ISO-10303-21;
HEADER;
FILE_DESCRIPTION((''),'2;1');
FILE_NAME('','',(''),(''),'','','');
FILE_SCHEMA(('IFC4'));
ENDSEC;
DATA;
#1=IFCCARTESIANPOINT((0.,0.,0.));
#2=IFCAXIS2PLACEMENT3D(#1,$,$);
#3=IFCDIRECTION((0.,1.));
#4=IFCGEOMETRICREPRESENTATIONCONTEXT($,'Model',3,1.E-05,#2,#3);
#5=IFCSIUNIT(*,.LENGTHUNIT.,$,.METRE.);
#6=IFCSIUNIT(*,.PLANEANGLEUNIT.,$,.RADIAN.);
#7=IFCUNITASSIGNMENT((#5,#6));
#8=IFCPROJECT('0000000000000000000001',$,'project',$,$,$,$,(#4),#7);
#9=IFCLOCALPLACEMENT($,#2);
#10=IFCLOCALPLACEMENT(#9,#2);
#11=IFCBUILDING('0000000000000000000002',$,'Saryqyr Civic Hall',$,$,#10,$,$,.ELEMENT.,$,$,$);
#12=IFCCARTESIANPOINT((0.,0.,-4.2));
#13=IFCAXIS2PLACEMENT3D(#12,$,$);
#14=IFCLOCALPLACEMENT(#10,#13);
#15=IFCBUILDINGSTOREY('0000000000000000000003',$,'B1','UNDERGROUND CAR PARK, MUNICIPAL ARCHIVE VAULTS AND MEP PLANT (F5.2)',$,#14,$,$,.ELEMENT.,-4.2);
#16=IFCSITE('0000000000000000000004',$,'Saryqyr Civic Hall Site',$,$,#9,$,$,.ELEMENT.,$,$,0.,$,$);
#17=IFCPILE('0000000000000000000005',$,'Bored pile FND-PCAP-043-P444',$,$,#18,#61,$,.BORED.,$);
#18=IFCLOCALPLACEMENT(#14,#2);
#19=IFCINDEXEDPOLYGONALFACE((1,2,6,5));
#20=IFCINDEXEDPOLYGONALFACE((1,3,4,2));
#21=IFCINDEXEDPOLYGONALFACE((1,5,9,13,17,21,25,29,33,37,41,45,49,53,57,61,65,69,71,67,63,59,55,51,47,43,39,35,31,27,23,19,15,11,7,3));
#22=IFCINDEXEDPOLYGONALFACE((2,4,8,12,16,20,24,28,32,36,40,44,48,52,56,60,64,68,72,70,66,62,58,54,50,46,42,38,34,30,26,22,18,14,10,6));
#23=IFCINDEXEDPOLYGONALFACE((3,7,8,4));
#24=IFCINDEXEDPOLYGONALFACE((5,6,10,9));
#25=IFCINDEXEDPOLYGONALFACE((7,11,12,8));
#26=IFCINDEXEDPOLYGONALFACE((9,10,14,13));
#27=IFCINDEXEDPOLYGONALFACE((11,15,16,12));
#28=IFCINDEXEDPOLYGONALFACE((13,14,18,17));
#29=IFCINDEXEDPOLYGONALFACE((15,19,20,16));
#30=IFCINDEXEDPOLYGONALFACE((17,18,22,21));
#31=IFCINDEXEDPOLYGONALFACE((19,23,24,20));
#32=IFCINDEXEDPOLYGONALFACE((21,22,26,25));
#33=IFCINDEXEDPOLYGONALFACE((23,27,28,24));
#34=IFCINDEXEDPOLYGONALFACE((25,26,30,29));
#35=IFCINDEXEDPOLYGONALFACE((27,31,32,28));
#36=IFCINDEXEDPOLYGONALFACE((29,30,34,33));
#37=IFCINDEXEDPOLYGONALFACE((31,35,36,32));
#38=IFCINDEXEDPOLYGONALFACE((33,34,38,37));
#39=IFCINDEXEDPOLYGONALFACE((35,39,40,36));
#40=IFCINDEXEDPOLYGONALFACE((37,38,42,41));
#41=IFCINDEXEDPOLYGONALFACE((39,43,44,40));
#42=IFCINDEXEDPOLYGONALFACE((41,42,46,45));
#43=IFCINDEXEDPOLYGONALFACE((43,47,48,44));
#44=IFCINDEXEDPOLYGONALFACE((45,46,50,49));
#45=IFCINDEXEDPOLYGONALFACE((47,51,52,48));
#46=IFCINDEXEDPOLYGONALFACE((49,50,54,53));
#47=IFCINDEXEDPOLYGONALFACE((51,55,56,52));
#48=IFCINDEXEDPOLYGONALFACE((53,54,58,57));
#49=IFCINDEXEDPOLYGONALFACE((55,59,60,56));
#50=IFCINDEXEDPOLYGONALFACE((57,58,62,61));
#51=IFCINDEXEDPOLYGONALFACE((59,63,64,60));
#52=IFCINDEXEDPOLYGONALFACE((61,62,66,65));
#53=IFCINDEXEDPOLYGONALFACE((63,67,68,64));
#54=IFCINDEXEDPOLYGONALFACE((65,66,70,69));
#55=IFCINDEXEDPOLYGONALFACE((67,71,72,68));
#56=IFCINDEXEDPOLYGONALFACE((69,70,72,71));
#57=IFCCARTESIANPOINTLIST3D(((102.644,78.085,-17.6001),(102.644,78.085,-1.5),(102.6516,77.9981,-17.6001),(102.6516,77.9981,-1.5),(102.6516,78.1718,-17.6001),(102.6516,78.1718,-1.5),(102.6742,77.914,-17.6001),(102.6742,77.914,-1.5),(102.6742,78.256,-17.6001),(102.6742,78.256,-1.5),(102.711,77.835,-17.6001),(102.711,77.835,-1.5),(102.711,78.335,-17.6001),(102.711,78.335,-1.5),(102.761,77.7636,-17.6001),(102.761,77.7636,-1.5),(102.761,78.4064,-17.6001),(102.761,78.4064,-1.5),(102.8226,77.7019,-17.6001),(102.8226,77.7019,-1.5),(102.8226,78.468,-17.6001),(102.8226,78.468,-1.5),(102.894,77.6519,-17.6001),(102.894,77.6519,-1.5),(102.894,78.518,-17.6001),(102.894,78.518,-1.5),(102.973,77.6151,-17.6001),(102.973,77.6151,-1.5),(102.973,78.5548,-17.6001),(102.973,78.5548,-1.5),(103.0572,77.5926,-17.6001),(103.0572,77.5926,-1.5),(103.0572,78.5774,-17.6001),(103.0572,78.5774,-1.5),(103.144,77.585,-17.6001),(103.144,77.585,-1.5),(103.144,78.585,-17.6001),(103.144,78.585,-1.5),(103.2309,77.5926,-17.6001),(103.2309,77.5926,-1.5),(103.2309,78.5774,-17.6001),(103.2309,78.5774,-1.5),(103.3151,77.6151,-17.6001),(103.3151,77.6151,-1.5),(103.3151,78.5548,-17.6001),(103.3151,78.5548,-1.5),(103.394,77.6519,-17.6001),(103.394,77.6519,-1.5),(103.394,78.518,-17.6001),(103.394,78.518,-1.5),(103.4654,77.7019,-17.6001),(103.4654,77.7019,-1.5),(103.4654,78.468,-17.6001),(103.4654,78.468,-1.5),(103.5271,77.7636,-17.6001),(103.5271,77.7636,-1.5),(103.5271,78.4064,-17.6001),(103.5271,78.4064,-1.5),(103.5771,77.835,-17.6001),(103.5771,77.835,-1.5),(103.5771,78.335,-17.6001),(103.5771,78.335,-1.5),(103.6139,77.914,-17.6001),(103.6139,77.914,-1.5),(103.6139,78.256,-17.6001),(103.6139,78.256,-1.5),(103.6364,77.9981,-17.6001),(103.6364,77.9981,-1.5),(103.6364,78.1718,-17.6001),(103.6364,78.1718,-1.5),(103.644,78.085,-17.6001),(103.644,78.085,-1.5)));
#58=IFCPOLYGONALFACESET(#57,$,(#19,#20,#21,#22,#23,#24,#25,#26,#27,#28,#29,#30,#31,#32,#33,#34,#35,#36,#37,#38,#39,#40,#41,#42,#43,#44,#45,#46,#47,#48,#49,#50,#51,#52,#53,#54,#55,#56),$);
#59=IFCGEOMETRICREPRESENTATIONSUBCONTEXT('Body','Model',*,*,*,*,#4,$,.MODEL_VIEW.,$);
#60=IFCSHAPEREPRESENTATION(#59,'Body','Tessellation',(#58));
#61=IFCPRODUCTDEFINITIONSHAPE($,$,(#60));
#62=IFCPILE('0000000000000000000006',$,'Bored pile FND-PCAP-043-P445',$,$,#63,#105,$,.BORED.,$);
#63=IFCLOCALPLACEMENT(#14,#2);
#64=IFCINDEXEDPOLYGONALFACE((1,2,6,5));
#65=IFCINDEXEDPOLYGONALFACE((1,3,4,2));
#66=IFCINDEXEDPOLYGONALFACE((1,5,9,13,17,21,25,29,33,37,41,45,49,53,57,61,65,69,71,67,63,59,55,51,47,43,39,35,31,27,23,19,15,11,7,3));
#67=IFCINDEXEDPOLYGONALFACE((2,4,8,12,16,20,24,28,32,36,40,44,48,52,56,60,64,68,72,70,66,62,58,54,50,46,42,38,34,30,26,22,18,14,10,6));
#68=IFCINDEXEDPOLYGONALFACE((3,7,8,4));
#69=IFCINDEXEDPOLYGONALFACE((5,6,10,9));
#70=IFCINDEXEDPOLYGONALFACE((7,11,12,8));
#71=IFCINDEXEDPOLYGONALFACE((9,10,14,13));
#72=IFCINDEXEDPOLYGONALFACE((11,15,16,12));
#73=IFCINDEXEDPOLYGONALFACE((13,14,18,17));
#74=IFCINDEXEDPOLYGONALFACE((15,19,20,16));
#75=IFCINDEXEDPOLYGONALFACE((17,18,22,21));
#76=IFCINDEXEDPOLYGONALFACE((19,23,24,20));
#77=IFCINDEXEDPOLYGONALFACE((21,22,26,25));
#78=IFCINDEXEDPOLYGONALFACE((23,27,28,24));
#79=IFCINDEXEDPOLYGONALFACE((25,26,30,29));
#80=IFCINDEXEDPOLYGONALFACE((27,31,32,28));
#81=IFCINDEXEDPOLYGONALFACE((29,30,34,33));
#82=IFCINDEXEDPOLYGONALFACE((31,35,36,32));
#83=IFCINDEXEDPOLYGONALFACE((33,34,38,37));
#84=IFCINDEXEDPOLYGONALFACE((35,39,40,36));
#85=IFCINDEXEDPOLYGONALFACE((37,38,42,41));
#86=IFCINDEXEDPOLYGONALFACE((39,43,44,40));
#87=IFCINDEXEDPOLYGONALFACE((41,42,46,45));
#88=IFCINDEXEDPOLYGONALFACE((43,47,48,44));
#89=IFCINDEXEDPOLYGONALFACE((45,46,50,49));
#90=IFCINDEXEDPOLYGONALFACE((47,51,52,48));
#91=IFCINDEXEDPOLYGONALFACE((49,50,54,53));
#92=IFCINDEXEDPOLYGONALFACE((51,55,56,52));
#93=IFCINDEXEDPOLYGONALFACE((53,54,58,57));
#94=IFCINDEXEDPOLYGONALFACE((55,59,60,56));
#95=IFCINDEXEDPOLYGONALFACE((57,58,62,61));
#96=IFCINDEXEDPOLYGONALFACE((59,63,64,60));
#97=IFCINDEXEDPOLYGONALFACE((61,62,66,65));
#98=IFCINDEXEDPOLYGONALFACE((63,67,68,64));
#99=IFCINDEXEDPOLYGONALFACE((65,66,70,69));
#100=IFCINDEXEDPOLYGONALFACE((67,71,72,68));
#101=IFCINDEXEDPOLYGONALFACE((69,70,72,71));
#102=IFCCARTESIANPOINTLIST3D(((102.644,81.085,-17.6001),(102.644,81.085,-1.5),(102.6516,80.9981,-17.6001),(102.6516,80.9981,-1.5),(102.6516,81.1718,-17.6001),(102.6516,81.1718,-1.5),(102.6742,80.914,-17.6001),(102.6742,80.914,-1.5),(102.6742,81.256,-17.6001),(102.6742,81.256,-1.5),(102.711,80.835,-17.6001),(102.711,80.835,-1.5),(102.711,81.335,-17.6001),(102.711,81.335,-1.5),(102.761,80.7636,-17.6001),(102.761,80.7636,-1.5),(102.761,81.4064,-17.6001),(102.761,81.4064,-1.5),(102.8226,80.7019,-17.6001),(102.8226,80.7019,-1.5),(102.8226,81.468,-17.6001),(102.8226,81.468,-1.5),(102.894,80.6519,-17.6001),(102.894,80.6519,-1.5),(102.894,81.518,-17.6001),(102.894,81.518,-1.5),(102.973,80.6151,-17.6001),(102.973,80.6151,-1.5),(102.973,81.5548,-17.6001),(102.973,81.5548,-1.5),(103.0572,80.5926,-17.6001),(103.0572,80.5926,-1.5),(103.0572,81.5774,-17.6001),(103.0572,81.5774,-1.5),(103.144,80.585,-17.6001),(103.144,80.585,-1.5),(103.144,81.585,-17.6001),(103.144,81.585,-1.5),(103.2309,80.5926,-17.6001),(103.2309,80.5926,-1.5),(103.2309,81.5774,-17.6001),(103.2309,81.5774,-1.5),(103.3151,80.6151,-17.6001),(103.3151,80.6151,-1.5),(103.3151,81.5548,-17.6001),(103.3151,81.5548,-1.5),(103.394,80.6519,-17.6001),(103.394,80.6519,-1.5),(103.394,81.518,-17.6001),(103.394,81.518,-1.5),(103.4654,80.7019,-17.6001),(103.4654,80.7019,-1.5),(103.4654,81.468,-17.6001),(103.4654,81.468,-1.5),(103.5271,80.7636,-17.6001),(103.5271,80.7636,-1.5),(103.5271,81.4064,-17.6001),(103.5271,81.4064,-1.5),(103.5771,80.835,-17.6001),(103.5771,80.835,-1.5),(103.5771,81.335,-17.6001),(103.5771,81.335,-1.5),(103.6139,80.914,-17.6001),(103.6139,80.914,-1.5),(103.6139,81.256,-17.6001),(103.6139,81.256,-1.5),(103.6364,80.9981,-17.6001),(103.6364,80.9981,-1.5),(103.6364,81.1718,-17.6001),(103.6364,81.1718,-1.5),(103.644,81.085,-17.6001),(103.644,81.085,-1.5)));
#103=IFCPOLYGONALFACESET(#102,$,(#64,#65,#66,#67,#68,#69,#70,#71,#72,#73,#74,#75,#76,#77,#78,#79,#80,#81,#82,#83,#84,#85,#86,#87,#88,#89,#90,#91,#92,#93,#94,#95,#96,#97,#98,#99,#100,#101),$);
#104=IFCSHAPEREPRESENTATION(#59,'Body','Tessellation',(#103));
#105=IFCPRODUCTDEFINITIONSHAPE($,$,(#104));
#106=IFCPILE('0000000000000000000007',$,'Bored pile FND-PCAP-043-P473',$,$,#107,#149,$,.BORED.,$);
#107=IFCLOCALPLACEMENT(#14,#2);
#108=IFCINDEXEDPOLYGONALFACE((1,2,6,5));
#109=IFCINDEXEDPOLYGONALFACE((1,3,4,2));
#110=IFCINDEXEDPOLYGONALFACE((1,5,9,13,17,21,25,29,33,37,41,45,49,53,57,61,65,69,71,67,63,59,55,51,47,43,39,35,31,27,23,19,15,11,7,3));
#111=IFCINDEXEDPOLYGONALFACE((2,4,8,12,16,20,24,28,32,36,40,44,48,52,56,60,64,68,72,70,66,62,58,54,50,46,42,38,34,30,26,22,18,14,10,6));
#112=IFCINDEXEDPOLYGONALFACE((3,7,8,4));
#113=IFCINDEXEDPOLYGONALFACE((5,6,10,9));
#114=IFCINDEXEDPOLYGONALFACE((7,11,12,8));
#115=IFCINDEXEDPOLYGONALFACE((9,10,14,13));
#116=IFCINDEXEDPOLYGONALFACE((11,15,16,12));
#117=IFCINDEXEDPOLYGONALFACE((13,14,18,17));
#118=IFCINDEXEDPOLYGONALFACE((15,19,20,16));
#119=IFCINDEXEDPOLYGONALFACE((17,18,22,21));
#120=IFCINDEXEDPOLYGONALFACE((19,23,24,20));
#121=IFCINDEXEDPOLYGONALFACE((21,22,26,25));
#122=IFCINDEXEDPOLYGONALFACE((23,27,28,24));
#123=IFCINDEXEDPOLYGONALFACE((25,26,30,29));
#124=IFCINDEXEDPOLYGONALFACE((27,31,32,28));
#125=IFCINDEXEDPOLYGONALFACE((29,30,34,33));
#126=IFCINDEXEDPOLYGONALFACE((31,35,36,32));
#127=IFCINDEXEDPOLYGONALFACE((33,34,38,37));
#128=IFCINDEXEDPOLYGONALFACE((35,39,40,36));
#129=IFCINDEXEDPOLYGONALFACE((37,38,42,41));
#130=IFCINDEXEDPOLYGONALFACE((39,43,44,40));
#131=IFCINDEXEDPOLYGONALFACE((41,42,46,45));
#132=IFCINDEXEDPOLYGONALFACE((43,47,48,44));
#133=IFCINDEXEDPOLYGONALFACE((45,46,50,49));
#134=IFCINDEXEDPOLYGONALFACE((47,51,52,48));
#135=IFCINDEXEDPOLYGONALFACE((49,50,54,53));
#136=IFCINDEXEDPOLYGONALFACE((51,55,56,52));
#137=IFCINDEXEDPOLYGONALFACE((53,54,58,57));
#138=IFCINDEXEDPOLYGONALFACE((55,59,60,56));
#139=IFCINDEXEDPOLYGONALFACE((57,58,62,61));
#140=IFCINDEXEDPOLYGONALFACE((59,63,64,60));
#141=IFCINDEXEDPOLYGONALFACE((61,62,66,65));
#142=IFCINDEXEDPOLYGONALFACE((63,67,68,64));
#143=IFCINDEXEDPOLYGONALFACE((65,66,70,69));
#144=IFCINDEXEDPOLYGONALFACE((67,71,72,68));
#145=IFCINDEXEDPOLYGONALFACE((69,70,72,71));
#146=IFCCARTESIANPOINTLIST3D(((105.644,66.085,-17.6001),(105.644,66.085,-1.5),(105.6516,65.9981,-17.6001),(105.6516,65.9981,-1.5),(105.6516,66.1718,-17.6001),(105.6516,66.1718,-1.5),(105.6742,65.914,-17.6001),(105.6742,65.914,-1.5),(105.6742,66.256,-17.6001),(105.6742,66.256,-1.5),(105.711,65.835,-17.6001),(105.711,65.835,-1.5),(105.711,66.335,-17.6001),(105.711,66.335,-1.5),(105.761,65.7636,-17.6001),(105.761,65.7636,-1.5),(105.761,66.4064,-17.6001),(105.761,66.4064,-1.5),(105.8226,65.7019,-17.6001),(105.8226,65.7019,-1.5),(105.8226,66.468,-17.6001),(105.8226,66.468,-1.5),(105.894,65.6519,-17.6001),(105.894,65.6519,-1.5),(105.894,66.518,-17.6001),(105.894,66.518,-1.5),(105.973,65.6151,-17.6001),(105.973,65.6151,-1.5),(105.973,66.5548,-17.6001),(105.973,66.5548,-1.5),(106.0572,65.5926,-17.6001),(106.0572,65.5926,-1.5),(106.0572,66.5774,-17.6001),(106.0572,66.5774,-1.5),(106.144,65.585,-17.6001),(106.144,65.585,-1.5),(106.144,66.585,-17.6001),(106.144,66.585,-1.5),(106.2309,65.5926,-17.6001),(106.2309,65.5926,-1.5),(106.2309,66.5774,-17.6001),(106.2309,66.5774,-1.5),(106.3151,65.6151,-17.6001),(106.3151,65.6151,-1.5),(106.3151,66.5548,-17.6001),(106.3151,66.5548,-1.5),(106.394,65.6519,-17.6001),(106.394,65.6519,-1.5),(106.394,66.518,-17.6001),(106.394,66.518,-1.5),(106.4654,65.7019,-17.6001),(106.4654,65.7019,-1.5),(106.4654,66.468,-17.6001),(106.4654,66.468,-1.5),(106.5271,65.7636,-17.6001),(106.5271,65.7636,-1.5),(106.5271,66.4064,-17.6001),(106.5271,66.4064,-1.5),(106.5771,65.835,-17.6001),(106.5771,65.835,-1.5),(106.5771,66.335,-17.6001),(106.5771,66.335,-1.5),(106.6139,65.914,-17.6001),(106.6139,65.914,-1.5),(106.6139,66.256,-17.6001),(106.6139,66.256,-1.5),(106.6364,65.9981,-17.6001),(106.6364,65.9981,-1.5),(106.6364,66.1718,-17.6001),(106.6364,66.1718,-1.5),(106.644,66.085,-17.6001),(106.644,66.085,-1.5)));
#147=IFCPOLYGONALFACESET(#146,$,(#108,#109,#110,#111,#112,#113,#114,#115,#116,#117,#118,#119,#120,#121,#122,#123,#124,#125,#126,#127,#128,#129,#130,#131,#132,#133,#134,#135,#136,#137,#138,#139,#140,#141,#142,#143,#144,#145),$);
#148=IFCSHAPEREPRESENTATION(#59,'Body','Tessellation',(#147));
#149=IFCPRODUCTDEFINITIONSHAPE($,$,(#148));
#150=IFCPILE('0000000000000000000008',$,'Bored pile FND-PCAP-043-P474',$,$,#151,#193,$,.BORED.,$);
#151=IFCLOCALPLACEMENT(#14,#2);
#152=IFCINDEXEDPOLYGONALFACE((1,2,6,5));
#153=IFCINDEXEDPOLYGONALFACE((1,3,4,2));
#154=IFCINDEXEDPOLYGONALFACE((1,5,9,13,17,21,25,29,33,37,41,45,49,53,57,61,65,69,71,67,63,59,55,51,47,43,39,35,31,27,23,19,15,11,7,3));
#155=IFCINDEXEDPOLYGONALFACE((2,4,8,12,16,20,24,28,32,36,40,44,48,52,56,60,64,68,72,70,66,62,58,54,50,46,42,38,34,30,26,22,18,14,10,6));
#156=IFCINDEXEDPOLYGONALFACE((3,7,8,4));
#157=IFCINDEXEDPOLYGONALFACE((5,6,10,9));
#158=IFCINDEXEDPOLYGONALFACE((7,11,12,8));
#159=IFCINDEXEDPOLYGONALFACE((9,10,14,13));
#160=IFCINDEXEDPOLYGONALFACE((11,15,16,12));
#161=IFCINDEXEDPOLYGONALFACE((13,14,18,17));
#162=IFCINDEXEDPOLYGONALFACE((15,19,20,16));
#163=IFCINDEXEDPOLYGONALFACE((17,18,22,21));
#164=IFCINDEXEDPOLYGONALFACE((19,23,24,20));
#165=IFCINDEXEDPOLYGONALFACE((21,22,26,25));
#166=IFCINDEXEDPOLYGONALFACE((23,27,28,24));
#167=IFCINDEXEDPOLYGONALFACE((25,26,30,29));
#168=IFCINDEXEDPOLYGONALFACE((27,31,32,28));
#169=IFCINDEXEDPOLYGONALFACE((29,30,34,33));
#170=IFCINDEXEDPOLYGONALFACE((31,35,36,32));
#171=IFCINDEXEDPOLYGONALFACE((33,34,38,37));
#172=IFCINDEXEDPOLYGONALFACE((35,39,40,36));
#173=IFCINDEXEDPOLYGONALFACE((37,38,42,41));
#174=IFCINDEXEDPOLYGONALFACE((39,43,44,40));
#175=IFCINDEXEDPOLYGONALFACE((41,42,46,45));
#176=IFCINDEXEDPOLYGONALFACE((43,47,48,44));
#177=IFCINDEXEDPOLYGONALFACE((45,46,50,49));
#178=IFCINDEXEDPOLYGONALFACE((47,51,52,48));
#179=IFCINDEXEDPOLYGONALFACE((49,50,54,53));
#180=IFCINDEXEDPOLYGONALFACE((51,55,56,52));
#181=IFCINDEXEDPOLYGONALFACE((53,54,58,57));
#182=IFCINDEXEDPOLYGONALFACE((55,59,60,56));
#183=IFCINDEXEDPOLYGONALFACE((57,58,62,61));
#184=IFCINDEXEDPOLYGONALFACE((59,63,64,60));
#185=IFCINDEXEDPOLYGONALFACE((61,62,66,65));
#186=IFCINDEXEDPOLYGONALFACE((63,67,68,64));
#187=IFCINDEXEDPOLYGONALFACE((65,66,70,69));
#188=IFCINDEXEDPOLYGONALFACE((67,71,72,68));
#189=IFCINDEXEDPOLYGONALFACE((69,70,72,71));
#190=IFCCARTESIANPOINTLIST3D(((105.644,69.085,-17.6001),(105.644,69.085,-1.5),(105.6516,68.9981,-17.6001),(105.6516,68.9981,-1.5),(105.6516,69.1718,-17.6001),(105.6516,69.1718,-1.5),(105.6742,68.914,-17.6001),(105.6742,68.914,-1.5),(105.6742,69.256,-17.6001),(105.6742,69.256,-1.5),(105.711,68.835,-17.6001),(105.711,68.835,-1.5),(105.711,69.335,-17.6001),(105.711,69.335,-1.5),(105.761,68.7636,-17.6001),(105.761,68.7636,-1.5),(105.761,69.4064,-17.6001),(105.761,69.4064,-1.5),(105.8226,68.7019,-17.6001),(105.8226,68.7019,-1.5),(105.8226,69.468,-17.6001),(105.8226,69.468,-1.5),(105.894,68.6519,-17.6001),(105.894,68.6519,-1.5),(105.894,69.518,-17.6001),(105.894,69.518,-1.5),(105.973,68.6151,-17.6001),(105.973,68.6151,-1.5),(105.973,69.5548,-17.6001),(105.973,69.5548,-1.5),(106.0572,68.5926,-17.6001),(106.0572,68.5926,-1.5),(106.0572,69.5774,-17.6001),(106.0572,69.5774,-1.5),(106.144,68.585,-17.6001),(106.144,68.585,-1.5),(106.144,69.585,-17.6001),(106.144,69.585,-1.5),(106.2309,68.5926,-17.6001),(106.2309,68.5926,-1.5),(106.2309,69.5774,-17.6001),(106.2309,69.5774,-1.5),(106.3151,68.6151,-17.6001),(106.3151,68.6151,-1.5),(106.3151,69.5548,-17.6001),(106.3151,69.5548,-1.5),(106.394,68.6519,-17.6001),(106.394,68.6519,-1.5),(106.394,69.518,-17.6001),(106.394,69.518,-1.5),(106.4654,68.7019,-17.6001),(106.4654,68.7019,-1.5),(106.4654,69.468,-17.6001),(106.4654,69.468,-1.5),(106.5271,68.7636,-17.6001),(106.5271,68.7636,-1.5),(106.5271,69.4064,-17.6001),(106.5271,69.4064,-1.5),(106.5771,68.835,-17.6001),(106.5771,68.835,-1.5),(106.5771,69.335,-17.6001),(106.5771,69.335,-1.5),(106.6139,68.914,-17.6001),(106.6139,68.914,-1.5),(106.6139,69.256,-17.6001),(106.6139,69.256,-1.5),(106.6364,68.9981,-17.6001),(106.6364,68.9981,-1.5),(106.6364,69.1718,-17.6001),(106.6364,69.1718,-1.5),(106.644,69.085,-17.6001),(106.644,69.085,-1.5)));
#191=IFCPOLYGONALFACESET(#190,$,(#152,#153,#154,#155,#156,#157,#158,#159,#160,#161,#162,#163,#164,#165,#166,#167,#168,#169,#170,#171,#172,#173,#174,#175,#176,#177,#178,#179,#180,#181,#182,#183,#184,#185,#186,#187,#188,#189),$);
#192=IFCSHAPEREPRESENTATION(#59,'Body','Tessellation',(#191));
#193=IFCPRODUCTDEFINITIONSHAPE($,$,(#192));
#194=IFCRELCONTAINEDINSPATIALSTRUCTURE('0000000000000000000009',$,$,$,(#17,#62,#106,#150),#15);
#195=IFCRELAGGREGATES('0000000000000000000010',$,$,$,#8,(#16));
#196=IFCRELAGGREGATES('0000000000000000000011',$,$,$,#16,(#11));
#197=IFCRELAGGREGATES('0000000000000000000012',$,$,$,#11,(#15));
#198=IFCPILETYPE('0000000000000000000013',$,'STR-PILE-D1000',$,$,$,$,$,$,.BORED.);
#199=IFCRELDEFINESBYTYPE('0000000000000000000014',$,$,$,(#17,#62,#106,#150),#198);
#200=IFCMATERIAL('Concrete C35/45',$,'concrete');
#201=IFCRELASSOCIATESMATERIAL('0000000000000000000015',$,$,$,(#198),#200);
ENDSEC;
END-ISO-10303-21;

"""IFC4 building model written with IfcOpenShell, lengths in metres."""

from ifc_helpers import new_model, si_unit, direction, frame, origin, origin_2d, place, context, subcontext, project, spatial, circle, extrude, material, material_profile, profile_set, type_object, element, save


model = new_model("IFC4")

# Units and contexts
model_context = context("Model", 3, precision=1e-05, world=origin(), true_north=direction((0.0, 1.0)))
body_context = subcontext(model_context, "Body", "Model", "MODEL_VIEW")
ifc_project = project(units=[si_unit("LENGTHUNIT", "METRE"), si_unit("PLANEANGLEUNIT", "RADIAN")], contexts=[model_context])

# Site, building, storey
site_placement = place(None, origin())
site = spatial("IfcSite", under=ifc_project, at=site_placement, Name="Saryqyr Civic Hall Site", CompositionType="ELEMENT", RefElevation=0.0)
building_placement = place(site_placement, origin())
building = spatial("IfcBuilding", under=site, at=building_placement, Name="Saryqyr Civic Hall", CompositionType="ELEMENT")
storey_placement = place(building_placement, frame((0.0, 0.0, -4.2)))
storey = spatial("IfcBuildingStorey", under=building, at=storey_placement, Name="B1", Description="UNDERGROUND CAR PARK, MUNICIPAL ARCHIVE VAULTS AND MEP PLANT (F5.2)", CompositionType="ELEMENT", Elevation=-4.2)

# Piles
ifc_material_1 = material(Name="Concrete C35/45", Category="concrete")
ifc_material_profile_1 = material_profile(ifc_material_1, circle(Radius=0.5, at=origin_2d()), Name="BORED PILE D1000")
ifc_profile_set_1 = profile_set([ifc_material_profile_1], Name="Concrete C35/45")
pile_type = type_object("IfcPileType", Name="STR-PILE-D1000", PredefinedType="BORED", material=ifc_profile_set_1)
for number, where, z_axis, x_axis, name in (
    (1, (103.144, 78.085, -1.5), (0.0, 0.0, -1.0), (1.0, 0.0, 0.0), "Bored pile FND-PCAP-043-P444"),
    (2, (103.144, 81.085, -1.5), (0.0, 0.0, -1.0), (1.0, 0.0, 0.0), "Bored pile FND-PCAP-043-P445"),
    (3, (106.144, 66.085, -1.5), (0.0, 0.0, -1.0), (1.0, 0.0, 0.0), "Bored pile FND-PCAP-043-P473"),
    (4, (106.144, 69.085, -1.5), (0.0, 0.0, -1.0), (1.0, 0.0, 0.0), "Bored pile FND-PCAP-043-P474"),
):
    element("IfcPile", number, at=place(storey_placement, frame(where, z_axis=z_axis, x_axis=x_axis)), inside=storey, type_object=pile_type, Name=name, PredefinedType="BORED", context=body_context, shape_type="SweptSolid", body=[
        extrude(circle(Radius=0.5, at=origin_2d()), origin(), (0.0, 0.0, 1.0), 16.1001),
    ])

save(model, "model.ifc")
